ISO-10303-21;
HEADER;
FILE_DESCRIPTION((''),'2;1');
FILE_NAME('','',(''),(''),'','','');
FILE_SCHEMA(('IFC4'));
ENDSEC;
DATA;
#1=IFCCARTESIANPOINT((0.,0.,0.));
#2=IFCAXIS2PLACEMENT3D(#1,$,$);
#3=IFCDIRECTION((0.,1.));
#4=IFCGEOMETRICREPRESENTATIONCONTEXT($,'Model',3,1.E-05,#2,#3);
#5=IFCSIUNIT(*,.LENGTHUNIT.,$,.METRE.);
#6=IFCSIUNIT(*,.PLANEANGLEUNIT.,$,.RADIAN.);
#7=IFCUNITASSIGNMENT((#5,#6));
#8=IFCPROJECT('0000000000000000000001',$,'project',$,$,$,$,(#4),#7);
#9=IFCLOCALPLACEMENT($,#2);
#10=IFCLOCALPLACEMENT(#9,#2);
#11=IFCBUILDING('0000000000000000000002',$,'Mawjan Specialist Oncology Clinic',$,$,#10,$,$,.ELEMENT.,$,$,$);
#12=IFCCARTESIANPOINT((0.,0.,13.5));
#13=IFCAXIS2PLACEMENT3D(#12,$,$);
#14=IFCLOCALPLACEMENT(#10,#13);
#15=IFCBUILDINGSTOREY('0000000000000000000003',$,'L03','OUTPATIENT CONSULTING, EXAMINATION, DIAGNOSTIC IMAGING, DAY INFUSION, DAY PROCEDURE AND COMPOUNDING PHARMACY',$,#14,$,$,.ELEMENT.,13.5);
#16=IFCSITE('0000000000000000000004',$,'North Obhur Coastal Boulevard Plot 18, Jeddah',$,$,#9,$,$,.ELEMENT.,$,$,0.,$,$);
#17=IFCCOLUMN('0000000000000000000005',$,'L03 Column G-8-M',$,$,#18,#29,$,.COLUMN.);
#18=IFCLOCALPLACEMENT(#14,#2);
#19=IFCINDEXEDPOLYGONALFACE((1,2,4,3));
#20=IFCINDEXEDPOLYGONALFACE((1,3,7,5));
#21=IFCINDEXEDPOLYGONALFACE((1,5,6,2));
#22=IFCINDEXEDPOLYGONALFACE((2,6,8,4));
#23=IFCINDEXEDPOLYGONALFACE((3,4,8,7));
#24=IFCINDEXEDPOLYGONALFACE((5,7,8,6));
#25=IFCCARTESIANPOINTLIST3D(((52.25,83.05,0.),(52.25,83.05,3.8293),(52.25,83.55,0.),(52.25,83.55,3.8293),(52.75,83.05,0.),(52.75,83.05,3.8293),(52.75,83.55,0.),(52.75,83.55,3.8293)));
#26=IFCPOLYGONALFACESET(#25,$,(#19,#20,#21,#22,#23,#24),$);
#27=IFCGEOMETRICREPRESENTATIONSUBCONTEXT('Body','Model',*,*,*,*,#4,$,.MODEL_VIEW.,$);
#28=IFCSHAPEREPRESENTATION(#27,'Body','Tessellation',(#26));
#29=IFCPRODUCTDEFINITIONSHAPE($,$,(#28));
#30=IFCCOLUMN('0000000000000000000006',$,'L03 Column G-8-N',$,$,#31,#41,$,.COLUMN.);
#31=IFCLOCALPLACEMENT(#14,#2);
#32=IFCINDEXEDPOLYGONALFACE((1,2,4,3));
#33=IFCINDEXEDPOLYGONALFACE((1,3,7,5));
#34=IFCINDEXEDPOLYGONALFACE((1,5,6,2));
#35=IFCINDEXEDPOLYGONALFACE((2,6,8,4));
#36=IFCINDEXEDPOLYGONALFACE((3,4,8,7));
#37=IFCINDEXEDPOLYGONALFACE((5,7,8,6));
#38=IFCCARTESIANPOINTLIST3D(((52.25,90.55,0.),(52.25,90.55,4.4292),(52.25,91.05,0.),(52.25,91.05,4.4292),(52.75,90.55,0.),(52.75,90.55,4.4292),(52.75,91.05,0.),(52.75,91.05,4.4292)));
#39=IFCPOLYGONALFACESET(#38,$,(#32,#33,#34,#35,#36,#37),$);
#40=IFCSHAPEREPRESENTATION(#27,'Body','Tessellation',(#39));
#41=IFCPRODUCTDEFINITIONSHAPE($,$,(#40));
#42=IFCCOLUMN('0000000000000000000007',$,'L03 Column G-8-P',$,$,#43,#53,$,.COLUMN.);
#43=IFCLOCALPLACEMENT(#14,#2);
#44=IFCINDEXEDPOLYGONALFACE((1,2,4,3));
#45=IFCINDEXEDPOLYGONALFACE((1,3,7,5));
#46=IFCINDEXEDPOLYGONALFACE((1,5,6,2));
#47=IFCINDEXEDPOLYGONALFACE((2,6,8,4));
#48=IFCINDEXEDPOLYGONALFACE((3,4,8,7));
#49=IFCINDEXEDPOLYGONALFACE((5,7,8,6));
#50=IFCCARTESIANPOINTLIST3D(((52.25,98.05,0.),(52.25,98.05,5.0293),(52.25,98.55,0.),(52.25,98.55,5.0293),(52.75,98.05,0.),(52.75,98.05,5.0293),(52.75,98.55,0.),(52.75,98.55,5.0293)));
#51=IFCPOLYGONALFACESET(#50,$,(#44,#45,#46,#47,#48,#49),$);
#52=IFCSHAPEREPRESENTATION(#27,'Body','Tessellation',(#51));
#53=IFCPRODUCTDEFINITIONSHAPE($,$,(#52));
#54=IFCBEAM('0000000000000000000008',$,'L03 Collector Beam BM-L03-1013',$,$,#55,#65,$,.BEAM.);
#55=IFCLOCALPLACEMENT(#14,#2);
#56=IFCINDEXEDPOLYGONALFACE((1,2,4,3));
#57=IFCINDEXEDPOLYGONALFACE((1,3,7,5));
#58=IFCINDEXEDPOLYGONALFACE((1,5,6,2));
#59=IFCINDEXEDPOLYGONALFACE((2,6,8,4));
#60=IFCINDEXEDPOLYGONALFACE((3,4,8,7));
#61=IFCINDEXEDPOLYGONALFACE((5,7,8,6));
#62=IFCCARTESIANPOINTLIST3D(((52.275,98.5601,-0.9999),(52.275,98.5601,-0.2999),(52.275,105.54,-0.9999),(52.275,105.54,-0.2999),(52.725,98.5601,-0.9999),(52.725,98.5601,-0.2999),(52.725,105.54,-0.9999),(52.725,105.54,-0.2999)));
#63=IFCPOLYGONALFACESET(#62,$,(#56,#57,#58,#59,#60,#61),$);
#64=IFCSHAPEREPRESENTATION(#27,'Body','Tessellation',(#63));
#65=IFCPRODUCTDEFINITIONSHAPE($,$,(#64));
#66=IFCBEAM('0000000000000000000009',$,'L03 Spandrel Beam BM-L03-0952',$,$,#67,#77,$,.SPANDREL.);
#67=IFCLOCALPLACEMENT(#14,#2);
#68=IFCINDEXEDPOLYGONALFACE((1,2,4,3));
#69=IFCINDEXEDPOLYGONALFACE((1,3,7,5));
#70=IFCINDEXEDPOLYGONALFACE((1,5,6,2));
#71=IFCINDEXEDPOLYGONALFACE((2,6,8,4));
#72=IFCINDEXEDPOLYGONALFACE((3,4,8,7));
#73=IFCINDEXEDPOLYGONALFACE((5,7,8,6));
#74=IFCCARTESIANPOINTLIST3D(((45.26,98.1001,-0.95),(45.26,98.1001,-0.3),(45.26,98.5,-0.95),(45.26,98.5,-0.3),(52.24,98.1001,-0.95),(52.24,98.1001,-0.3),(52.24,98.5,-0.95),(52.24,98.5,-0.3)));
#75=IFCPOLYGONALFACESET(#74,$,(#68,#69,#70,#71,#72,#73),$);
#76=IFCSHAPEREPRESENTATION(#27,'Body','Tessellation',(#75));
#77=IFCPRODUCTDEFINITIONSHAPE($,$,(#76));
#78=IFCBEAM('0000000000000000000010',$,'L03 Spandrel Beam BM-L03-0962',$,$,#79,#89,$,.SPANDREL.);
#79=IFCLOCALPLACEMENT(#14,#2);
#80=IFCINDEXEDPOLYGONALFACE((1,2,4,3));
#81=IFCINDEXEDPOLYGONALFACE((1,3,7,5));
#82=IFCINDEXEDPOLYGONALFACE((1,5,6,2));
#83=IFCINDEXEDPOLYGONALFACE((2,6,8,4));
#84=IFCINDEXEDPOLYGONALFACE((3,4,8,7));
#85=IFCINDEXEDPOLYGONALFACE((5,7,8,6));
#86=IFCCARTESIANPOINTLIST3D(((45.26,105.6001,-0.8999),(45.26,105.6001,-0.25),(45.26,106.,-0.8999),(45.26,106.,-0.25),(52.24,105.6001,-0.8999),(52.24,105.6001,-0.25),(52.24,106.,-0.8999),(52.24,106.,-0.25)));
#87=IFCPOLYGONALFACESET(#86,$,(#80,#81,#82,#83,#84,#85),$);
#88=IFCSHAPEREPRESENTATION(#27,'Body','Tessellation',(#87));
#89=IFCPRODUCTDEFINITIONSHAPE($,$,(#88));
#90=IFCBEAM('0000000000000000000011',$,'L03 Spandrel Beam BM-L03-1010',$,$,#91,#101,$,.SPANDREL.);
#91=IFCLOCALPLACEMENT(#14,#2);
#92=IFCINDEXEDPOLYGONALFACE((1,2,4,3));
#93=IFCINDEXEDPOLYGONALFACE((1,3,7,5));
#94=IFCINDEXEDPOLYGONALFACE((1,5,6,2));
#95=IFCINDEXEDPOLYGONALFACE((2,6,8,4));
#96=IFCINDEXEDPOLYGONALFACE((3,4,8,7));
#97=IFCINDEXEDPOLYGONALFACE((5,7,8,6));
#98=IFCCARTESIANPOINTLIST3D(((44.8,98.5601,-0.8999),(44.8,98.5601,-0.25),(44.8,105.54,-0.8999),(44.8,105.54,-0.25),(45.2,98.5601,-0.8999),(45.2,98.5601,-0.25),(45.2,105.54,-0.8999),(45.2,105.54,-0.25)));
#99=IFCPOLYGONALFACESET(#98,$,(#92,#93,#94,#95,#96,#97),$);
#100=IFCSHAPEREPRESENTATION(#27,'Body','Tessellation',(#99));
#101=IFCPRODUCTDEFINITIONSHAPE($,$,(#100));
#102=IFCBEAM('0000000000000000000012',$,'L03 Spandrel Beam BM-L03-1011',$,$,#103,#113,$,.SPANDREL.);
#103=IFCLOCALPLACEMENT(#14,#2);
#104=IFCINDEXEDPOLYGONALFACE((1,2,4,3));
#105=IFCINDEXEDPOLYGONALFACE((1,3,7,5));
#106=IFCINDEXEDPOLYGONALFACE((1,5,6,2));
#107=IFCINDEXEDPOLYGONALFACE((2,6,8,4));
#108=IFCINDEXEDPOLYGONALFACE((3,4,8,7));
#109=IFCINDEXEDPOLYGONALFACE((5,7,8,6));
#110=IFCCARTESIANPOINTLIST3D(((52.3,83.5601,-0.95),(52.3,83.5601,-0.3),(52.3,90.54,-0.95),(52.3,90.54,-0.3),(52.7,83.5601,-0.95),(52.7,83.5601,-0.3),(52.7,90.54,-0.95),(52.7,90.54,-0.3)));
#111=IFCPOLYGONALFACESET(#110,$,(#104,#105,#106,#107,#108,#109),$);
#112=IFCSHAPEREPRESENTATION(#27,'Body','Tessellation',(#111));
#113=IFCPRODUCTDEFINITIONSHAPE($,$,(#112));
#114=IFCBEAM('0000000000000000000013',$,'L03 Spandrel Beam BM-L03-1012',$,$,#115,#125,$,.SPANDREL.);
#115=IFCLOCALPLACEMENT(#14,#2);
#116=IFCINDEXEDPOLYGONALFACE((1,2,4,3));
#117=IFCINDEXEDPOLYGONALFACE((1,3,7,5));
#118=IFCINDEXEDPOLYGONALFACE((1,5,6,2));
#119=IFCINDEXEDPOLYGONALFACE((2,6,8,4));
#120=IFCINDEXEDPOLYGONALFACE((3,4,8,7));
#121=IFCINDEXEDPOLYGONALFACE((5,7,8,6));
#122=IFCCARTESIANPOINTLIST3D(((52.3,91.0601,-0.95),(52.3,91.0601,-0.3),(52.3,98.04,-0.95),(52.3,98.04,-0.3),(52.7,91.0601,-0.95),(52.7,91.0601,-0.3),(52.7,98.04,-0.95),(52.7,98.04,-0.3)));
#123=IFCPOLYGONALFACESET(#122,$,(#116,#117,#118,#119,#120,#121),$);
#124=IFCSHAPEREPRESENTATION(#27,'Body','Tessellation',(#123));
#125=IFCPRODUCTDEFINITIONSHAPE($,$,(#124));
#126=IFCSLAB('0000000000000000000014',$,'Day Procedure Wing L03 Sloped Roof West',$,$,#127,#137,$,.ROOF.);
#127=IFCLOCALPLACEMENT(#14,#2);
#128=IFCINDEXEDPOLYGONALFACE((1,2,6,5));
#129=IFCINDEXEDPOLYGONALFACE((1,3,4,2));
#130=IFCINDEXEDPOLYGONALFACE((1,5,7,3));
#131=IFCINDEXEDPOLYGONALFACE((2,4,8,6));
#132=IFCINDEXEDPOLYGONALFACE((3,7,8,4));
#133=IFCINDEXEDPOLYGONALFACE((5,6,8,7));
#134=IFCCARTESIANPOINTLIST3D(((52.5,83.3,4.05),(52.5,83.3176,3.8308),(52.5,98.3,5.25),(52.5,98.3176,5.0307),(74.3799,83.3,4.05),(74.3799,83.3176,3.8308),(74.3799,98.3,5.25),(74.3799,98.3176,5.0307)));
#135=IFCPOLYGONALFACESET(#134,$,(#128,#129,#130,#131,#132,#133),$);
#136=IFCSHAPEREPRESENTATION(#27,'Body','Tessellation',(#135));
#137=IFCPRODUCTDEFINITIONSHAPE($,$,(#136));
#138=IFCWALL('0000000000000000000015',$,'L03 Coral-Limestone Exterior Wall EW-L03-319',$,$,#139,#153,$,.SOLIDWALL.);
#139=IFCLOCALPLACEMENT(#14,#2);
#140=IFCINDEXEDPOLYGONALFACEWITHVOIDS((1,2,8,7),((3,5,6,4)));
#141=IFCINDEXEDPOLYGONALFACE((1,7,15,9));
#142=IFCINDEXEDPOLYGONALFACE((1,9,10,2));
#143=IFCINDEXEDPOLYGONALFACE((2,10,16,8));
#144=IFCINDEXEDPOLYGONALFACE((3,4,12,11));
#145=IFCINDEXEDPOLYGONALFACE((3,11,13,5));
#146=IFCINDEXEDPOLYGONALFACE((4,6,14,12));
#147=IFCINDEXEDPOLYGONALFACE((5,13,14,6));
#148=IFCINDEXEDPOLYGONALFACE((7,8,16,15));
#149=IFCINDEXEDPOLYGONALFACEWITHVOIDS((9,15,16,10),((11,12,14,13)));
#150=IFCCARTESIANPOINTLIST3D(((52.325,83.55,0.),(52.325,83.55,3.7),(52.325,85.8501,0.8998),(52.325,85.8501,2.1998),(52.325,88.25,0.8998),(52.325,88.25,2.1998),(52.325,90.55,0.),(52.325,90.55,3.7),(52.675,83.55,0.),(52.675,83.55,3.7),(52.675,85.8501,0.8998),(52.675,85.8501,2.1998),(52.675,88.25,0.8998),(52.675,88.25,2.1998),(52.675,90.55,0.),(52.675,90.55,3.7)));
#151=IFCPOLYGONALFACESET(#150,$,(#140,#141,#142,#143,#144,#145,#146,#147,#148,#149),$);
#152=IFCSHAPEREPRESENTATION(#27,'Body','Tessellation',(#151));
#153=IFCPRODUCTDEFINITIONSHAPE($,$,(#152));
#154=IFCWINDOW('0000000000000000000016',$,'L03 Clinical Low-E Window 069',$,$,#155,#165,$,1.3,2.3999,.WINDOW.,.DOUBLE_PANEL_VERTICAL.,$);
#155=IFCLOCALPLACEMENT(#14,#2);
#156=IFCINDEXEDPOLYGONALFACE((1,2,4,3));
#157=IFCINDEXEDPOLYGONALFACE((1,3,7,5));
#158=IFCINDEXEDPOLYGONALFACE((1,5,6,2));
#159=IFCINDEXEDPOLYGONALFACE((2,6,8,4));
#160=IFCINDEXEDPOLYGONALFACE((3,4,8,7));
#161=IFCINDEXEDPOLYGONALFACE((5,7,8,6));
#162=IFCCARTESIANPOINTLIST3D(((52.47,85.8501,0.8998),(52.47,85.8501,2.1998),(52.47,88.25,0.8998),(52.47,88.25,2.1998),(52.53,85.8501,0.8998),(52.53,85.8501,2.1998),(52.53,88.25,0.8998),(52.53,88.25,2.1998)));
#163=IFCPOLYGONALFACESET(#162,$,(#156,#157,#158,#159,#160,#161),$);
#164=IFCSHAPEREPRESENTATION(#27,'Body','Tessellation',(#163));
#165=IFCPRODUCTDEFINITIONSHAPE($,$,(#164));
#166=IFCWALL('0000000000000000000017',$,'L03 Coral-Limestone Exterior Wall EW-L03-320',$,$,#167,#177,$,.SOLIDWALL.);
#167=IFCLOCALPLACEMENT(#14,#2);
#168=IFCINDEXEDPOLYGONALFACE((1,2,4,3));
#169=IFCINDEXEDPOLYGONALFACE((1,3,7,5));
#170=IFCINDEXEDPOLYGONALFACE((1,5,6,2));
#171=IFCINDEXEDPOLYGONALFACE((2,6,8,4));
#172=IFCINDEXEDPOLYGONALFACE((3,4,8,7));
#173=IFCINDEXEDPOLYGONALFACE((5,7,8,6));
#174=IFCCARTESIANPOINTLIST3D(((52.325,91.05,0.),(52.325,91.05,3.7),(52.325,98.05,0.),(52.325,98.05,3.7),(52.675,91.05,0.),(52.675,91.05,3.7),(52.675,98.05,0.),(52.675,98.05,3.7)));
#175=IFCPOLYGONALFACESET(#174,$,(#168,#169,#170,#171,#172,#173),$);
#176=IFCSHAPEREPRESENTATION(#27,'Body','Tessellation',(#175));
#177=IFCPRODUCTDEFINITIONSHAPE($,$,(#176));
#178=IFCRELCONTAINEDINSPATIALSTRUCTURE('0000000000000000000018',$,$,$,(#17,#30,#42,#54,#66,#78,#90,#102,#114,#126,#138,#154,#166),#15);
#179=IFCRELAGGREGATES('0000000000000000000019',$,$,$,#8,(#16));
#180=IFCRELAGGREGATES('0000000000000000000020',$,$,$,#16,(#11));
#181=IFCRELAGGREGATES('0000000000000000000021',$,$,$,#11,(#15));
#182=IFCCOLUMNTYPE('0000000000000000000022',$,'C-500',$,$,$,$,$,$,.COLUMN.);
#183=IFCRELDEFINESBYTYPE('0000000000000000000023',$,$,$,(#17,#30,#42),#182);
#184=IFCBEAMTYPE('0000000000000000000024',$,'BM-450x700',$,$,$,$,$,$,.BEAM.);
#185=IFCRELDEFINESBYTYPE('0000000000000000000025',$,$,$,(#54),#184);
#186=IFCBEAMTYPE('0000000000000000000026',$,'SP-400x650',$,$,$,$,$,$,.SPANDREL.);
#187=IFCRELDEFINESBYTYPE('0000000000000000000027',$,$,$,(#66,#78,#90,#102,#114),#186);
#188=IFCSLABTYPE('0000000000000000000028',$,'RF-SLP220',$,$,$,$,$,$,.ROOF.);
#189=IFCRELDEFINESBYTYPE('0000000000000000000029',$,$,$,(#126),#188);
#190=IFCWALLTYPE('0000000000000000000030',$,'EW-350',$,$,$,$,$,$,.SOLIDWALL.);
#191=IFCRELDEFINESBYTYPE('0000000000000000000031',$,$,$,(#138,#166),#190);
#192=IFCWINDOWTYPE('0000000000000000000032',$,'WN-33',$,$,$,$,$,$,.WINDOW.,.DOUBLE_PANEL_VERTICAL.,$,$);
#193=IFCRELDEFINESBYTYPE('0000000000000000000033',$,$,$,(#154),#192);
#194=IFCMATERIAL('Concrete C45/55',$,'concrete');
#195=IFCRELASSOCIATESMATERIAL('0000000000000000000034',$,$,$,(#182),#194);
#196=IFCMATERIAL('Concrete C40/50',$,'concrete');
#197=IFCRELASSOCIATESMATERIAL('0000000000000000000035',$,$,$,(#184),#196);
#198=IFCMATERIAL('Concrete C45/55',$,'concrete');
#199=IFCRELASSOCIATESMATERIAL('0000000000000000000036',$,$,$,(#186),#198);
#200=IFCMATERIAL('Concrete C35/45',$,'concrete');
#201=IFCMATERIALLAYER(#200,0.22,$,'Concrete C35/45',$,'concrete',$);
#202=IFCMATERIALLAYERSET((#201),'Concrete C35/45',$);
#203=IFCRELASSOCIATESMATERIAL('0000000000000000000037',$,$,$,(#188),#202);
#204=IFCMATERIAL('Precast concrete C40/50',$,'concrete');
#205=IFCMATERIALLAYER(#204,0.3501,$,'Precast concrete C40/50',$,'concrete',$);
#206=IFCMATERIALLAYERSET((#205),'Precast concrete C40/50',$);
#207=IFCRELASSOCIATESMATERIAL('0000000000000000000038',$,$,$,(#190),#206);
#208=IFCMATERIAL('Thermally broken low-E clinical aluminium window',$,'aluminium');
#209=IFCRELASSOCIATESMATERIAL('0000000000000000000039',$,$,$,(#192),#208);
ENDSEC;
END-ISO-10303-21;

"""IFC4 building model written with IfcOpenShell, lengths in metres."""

from ifc_helpers import new_model, si_unit, direction, frame, frame_2d, origin, origin_2d, place, context, subcontext, project, spatial, polyline, rectangle, outline, extrude, material, layer, layer_set, material_profile, profile_set, type_object, element, fill, save


model = new_model("IFC4")

# Units and contexts
model_context = context("Model", 3, precision=1e-05, world=origin(), true_north=direction((0.0, 1.0)))
body_context = subcontext(model_context, "Body", "Model", "MODEL_VIEW")
ifc_project = project(units=[si_unit("LENGTHUNIT", "METRE"), si_unit("PLANEANGLEUNIT", "RADIAN")], contexts=[model_context])

# Site, building, storey
site_placement = place(None, origin())
site = spatial("IfcSite", under=ifc_project, at=site_placement, Name="North Obhur Coastal Boulevard Plot 18, Jeddah", CompositionType="ELEMENT", RefElevation=0.0)
building_placement = place(site_placement, origin())
building = spatial("IfcBuilding", under=site, at=building_placement, Name="Mawjan Specialist Oncology Clinic", CompositionType="ELEMENT")
storey_placement = place(building_placement, frame((0.0, 0.0, 13.5)))
storey = spatial("IfcBuildingStorey", under=building, at=storey_placement, Name="L03", Description="OUTPATIENT CONSULTING, EXAMINATION, DIAGNOSTIC IMAGING, DAY INFUSION, DAY PROCEDURE AND COMPOUNDING PHARMACY", CompositionType="ELEMENT", Elevation=13.5)

# Columns
ifc_material_1 = material(Name="Concrete C45/55", Category="concrete")
ifc_material_profile_1 = material_profile(ifc_material_1, rectangle(XDim=0.5, YDim=0.5, at=origin_2d()), Name="RC COL 500x500", Category="concrete")
ifc_profile_set_1 = profile_set([ifc_material_profile_1], Name="Concrete C45/55")
column_type = type_object("IfcColumnType", Name="C-500", PredefinedType="COLUMN", material=ifc_profile_set_1)
column_1_placement = place(storey_placement, frame((52.5, 83.3, 0.0), z_axis=(0.0, 0.0, 1.0), x_axis=(1.0, 0.0, 0.0)))
element("IfcColumn", 1, at=column_1_placement, inside=storey, type_object=column_type, Name="L03 Column G-8-M", PredefinedType="COLUMN", context=body_context, shape_type="SweptSolid", body=[
    extrude(rectangle(XDim=0.5, YDim=0.5, at=origin_2d()), origin(), (0.0, 0.0, 1.0), 3.8293),
])
column_2_placement = place(storey_placement, frame((52.5, 90.8, 0.0), z_axis=(0.0, 0.0, 1.0), x_axis=(1.0, 0.0, 0.0)))
element("IfcColumn", 2, at=column_2_placement, inside=storey, type_object=column_type, Name="L03 Column G-8-N", PredefinedType="COLUMN", context=body_context, shape_type="SweptSolid", body=[
    extrude(rectangle(XDim=0.5, YDim=0.5, at=origin_2d()), origin(), (0.0, 0.0, 1.0), 4.4292),
])
column_3_placement = place(storey_placement, frame((52.5, 98.3, 0.0), z_axis=(0.0, 0.0, 1.0), x_axis=(1.0, 0.0, 0.0)))
element("IfcColumn", 3, at=column_3_placement, inside=storey, type_object=column_type, Name="L03 Column G-8-P", PredefinedType="COLUMN", context=body_context, shape_type="SweptSolid", body=[
    extrude(rectangle(XDim=0.5, YDim=0.5, at=origin_2d()), origin(), (0.0, 0.0, 1.0), 5.0293),
])

# Beams
ifc_material_2 = material(Name="Concrete C40/50", Category="concrete")
ifc_material_profile_2 = material_profile(ifc_material_2, rectangle(XDim=0.45, YDim=0.7, at=origin_2d()), Name="RC BM 450x700", Category="concrete")
ifc_profile_set_2 = profile_set([ifc_material_profile_2], Name="Concrete C40/50")
beam_type_1 = type_object("IfcBeamType", Name="BM-450x700", PredefinedType="BEAM", material=ifc_profile_set_2)
beam_placement = place(storey_placement, frame((52.5, 98.5601, -0.6499), z_axis=(0.0, 1.0, 0.0), x_axis=(-1.0, 0.0, 0.0)))
element("IfcBeam", 4, at=beam_placement, inside=storey, type_object=beam_type_1, Name="L03 Collector Beam BM-L03-1013", PredefinedType="BEAM", context=body_context, shape_type="SweptSolid", body=[
    extrude(rectangle(XDim=0.45, YDim=0.7, at=origin_2d()), origin(), (0.0, 0.0, 1.0), 6.98),
])
ifc_material_3 = material(Name="Concrete C45/55", Category="concrete")
ifc_material_profile_3 = material_profile(ifc_material_3, rectangle(XDim=0.3999, YDim=0.6499, at=origin_2d()), Name="RC BM 400x650", Category="concrete")
ifc_profile_set_3 = profile_set([ifc_material_profile_3], Name="Concrete C45/55")
beam_type_2 = type_object("IfcBeamType", Name="SP-400x650", PredefinedType="SPANDREL", material=ifc_profile_set_3)
for number, where, z_axis, x_axis, name in (
    (5, (45.26, 98.3, -0.625), (1.0, 0.0, 0.0), (0.0, 1.0, 0.0), "L03 Spandrel Beam BM-L03-0952"),
    (6, (45.26, 105.8, -0.575), (1.0, 0.0, 0.0), (0.0, 1.0, 0.0), "L03 Spandrel Beam BM-L03-0962"),
    (7, (45.0, 98.5601, -0.575), (0.0, 1.0, 0.0), (-1.0, 0.0, 0.0), "L03 Spandrel Beam BM-L03-1010"),
    (8, (52.5, 83.5601, -0.625), (0.0, 1.0, 0.0), (-1.0, 0.0, 0.0), "L03 Spandrel Beam BM-L03-1011"),
    (9, (52.5, 91.0601, -0.625), (0.0, 1.0, 0.0), (-1.0, 0.0, 0.0), "L03 Spandrel Beam BM-L03-1012"),
):
    element("IfcBeam", number, at=place(storey_placement, frame(where, z_axis=z_axis, x_axis=x_axis)), inside=storey, type_object=beam_type_2, Name=name, PredefinedType="SPANDREL", context=body_context, shape_type="SweptSolid", body=[
        extrude(rectangle(XDim=0.3999, YDim=0.6499, at=origin_2d()), origin(), (0.0, 0.0, 1.0), 6.98),
    ])

# Slab
ifc_material_4 = material(Name="Concrete C35/45", Category="concrete")
ifc_layer_1 = layer(ifc_material_4, 0.22, Name="Concrete C35/45", Category="concrete")
ifc_layer_set_1 = layer_set([ifc_layer_1], Name="Concrete C35/45")
slab_type = type_object("IfcSlabType", Name="RF-SLP220", PredefinedType="ROOF", material=ifc_layer_set_1)
slab_placement = place(storey_placement, frame((52.5, 83.3, 4.05), z_axis=(0.0, -0.079742, 0.996816), x_axis=(1.0, 0.0, 0.0)))
element("IfcSlab", 10, at=slab_placement, inside=storey, type_object=slab_type, Name="Day Procedure Wing L03 Sloped Roof West", PredefinedType="ROOF", context=body_context, shape_type="SweptSolid", body=[
    extrude(outline(polyline([(0.0, 0.0), (21.8799, 0.0), (21.8799, 15.0479), (0.0, 15.0479), (0.0, 0.0)])), origin(), (0.0, 0.0, -1.0), 0.22),
])

# Wall, opening, window
ifc_material_5 = material(Name="Precast concrete C40/50", Category="concrete")
ifc_layer_2 = layer(ifc_material_5, 0.3501, Name="Precast concrete C40/50", Category="concrete")
ifc_layer_set_2 = layer_set([ifc_layer_2], Name="Precast concrete C40/50")
wall_type_1 = type_object("IfcWallType", Name="EW-350", PredefinedType="SOLIDWALL", material=ifc_layer_set_2)
wall_1_placement = place(storey_placement, frame((52.5, 83.55, 0.0), z_axis=(0.0, 0.0, 1.0), x_axis=(0.0, 1.0, 0.0)))
wall_1 = element("IfcWall", 11, at=wall_1_placement, inside=storey, type_object=wall_type_1, Name="L03 Coral-Limestone Exterior Wall EW-L03-319", PredefinedType="SOLIDWALL", context=body_context, shape_type="SweptSolid", body=[
    extrude(rectangle(XDim=7.0, YDim=0.3501, at=frame_2d((3.5, 0.0))), origin(), (0.0, 0.0, 1.0), 3.7),
])
opening_1_placement = place(wall_1_placement, frame((2.3, 0.0, 0.8999)))
opening_1 = element("IfcOpeningElement", 12, at=opening_1_placement, cuts=wall_1, PredefinedType="OPENING", context=body_context, shape_type="SweptSolid", body=[
    extrude(rectangle(XDim=2.3999, YDim=1.3, at=frame_2d((1.2, 0.6499))), frame((0.0, 0.187, 0.0), z_axis=(0.0, -1.0, 0.0), x_axis=(1.0, 0.0, 0.0)), (0.0, 0.0, 1.0), 0.374),
])
ifc_material_6 = material(Name="Thermally broken low-E clinical aluminium window", Category="aluminium")
window_type = type_object("IfcWindowType", Name="WN-33", PartitioningType="DOUBLE_PANEL_VERTICAL", PredefinedType="WINDOW", material=ifc_material_6)
window_placement = place(opening_1_placement, origin())
window = element("IfcWindow", 13, at=window_placement, inside=storey, type_object=window_type, Name="L03 Clinical Low-E Window 069", OverallHeight=1.3, OverallWidth=2.3999, PartitioningType="DOUBLE_PANEL_VERTICAL", PredefinedType="WINDOW", context=body_context, shape_type="SweptSolid", body=[
    extrude(rectangle(XDim=2.3999, YDim=1.3, at=frame_2d((1.2, 0.6499))), frame((0.0, 0.03, 0.0), z_axis=(0.0, -1.0, 0.0), x_axis=(1.0, 0.0, 0.0)), (0.0, 0.0, 1.0), 0.0601),
])
fill(opening_1, window)

# Wall
wall_2_placement = place(storey_placement, frame((52.5, 91.05, 0.0), z_axis=(0.0, 0.0, 1.0), x_axis=(0.0, 1.0, 0.0)))
element("IfcWall", 14, at=wall_2_placement, inside=storey, type_object=wall_type_1, Name="L03 Coral-Limestone Exterior Wall EW-L03-320", PredefinedType="SOLIDWALL", context=body_context, shape_type="SweptSolid", body=[
    extrude(rectangle(XDim=7.0, YDim=0.3501, at=frame_2d((3.5, 0.0))), origin(), (0.0, 0.0, 1.0), 3.7),
])

save(model, "model.ifc")
